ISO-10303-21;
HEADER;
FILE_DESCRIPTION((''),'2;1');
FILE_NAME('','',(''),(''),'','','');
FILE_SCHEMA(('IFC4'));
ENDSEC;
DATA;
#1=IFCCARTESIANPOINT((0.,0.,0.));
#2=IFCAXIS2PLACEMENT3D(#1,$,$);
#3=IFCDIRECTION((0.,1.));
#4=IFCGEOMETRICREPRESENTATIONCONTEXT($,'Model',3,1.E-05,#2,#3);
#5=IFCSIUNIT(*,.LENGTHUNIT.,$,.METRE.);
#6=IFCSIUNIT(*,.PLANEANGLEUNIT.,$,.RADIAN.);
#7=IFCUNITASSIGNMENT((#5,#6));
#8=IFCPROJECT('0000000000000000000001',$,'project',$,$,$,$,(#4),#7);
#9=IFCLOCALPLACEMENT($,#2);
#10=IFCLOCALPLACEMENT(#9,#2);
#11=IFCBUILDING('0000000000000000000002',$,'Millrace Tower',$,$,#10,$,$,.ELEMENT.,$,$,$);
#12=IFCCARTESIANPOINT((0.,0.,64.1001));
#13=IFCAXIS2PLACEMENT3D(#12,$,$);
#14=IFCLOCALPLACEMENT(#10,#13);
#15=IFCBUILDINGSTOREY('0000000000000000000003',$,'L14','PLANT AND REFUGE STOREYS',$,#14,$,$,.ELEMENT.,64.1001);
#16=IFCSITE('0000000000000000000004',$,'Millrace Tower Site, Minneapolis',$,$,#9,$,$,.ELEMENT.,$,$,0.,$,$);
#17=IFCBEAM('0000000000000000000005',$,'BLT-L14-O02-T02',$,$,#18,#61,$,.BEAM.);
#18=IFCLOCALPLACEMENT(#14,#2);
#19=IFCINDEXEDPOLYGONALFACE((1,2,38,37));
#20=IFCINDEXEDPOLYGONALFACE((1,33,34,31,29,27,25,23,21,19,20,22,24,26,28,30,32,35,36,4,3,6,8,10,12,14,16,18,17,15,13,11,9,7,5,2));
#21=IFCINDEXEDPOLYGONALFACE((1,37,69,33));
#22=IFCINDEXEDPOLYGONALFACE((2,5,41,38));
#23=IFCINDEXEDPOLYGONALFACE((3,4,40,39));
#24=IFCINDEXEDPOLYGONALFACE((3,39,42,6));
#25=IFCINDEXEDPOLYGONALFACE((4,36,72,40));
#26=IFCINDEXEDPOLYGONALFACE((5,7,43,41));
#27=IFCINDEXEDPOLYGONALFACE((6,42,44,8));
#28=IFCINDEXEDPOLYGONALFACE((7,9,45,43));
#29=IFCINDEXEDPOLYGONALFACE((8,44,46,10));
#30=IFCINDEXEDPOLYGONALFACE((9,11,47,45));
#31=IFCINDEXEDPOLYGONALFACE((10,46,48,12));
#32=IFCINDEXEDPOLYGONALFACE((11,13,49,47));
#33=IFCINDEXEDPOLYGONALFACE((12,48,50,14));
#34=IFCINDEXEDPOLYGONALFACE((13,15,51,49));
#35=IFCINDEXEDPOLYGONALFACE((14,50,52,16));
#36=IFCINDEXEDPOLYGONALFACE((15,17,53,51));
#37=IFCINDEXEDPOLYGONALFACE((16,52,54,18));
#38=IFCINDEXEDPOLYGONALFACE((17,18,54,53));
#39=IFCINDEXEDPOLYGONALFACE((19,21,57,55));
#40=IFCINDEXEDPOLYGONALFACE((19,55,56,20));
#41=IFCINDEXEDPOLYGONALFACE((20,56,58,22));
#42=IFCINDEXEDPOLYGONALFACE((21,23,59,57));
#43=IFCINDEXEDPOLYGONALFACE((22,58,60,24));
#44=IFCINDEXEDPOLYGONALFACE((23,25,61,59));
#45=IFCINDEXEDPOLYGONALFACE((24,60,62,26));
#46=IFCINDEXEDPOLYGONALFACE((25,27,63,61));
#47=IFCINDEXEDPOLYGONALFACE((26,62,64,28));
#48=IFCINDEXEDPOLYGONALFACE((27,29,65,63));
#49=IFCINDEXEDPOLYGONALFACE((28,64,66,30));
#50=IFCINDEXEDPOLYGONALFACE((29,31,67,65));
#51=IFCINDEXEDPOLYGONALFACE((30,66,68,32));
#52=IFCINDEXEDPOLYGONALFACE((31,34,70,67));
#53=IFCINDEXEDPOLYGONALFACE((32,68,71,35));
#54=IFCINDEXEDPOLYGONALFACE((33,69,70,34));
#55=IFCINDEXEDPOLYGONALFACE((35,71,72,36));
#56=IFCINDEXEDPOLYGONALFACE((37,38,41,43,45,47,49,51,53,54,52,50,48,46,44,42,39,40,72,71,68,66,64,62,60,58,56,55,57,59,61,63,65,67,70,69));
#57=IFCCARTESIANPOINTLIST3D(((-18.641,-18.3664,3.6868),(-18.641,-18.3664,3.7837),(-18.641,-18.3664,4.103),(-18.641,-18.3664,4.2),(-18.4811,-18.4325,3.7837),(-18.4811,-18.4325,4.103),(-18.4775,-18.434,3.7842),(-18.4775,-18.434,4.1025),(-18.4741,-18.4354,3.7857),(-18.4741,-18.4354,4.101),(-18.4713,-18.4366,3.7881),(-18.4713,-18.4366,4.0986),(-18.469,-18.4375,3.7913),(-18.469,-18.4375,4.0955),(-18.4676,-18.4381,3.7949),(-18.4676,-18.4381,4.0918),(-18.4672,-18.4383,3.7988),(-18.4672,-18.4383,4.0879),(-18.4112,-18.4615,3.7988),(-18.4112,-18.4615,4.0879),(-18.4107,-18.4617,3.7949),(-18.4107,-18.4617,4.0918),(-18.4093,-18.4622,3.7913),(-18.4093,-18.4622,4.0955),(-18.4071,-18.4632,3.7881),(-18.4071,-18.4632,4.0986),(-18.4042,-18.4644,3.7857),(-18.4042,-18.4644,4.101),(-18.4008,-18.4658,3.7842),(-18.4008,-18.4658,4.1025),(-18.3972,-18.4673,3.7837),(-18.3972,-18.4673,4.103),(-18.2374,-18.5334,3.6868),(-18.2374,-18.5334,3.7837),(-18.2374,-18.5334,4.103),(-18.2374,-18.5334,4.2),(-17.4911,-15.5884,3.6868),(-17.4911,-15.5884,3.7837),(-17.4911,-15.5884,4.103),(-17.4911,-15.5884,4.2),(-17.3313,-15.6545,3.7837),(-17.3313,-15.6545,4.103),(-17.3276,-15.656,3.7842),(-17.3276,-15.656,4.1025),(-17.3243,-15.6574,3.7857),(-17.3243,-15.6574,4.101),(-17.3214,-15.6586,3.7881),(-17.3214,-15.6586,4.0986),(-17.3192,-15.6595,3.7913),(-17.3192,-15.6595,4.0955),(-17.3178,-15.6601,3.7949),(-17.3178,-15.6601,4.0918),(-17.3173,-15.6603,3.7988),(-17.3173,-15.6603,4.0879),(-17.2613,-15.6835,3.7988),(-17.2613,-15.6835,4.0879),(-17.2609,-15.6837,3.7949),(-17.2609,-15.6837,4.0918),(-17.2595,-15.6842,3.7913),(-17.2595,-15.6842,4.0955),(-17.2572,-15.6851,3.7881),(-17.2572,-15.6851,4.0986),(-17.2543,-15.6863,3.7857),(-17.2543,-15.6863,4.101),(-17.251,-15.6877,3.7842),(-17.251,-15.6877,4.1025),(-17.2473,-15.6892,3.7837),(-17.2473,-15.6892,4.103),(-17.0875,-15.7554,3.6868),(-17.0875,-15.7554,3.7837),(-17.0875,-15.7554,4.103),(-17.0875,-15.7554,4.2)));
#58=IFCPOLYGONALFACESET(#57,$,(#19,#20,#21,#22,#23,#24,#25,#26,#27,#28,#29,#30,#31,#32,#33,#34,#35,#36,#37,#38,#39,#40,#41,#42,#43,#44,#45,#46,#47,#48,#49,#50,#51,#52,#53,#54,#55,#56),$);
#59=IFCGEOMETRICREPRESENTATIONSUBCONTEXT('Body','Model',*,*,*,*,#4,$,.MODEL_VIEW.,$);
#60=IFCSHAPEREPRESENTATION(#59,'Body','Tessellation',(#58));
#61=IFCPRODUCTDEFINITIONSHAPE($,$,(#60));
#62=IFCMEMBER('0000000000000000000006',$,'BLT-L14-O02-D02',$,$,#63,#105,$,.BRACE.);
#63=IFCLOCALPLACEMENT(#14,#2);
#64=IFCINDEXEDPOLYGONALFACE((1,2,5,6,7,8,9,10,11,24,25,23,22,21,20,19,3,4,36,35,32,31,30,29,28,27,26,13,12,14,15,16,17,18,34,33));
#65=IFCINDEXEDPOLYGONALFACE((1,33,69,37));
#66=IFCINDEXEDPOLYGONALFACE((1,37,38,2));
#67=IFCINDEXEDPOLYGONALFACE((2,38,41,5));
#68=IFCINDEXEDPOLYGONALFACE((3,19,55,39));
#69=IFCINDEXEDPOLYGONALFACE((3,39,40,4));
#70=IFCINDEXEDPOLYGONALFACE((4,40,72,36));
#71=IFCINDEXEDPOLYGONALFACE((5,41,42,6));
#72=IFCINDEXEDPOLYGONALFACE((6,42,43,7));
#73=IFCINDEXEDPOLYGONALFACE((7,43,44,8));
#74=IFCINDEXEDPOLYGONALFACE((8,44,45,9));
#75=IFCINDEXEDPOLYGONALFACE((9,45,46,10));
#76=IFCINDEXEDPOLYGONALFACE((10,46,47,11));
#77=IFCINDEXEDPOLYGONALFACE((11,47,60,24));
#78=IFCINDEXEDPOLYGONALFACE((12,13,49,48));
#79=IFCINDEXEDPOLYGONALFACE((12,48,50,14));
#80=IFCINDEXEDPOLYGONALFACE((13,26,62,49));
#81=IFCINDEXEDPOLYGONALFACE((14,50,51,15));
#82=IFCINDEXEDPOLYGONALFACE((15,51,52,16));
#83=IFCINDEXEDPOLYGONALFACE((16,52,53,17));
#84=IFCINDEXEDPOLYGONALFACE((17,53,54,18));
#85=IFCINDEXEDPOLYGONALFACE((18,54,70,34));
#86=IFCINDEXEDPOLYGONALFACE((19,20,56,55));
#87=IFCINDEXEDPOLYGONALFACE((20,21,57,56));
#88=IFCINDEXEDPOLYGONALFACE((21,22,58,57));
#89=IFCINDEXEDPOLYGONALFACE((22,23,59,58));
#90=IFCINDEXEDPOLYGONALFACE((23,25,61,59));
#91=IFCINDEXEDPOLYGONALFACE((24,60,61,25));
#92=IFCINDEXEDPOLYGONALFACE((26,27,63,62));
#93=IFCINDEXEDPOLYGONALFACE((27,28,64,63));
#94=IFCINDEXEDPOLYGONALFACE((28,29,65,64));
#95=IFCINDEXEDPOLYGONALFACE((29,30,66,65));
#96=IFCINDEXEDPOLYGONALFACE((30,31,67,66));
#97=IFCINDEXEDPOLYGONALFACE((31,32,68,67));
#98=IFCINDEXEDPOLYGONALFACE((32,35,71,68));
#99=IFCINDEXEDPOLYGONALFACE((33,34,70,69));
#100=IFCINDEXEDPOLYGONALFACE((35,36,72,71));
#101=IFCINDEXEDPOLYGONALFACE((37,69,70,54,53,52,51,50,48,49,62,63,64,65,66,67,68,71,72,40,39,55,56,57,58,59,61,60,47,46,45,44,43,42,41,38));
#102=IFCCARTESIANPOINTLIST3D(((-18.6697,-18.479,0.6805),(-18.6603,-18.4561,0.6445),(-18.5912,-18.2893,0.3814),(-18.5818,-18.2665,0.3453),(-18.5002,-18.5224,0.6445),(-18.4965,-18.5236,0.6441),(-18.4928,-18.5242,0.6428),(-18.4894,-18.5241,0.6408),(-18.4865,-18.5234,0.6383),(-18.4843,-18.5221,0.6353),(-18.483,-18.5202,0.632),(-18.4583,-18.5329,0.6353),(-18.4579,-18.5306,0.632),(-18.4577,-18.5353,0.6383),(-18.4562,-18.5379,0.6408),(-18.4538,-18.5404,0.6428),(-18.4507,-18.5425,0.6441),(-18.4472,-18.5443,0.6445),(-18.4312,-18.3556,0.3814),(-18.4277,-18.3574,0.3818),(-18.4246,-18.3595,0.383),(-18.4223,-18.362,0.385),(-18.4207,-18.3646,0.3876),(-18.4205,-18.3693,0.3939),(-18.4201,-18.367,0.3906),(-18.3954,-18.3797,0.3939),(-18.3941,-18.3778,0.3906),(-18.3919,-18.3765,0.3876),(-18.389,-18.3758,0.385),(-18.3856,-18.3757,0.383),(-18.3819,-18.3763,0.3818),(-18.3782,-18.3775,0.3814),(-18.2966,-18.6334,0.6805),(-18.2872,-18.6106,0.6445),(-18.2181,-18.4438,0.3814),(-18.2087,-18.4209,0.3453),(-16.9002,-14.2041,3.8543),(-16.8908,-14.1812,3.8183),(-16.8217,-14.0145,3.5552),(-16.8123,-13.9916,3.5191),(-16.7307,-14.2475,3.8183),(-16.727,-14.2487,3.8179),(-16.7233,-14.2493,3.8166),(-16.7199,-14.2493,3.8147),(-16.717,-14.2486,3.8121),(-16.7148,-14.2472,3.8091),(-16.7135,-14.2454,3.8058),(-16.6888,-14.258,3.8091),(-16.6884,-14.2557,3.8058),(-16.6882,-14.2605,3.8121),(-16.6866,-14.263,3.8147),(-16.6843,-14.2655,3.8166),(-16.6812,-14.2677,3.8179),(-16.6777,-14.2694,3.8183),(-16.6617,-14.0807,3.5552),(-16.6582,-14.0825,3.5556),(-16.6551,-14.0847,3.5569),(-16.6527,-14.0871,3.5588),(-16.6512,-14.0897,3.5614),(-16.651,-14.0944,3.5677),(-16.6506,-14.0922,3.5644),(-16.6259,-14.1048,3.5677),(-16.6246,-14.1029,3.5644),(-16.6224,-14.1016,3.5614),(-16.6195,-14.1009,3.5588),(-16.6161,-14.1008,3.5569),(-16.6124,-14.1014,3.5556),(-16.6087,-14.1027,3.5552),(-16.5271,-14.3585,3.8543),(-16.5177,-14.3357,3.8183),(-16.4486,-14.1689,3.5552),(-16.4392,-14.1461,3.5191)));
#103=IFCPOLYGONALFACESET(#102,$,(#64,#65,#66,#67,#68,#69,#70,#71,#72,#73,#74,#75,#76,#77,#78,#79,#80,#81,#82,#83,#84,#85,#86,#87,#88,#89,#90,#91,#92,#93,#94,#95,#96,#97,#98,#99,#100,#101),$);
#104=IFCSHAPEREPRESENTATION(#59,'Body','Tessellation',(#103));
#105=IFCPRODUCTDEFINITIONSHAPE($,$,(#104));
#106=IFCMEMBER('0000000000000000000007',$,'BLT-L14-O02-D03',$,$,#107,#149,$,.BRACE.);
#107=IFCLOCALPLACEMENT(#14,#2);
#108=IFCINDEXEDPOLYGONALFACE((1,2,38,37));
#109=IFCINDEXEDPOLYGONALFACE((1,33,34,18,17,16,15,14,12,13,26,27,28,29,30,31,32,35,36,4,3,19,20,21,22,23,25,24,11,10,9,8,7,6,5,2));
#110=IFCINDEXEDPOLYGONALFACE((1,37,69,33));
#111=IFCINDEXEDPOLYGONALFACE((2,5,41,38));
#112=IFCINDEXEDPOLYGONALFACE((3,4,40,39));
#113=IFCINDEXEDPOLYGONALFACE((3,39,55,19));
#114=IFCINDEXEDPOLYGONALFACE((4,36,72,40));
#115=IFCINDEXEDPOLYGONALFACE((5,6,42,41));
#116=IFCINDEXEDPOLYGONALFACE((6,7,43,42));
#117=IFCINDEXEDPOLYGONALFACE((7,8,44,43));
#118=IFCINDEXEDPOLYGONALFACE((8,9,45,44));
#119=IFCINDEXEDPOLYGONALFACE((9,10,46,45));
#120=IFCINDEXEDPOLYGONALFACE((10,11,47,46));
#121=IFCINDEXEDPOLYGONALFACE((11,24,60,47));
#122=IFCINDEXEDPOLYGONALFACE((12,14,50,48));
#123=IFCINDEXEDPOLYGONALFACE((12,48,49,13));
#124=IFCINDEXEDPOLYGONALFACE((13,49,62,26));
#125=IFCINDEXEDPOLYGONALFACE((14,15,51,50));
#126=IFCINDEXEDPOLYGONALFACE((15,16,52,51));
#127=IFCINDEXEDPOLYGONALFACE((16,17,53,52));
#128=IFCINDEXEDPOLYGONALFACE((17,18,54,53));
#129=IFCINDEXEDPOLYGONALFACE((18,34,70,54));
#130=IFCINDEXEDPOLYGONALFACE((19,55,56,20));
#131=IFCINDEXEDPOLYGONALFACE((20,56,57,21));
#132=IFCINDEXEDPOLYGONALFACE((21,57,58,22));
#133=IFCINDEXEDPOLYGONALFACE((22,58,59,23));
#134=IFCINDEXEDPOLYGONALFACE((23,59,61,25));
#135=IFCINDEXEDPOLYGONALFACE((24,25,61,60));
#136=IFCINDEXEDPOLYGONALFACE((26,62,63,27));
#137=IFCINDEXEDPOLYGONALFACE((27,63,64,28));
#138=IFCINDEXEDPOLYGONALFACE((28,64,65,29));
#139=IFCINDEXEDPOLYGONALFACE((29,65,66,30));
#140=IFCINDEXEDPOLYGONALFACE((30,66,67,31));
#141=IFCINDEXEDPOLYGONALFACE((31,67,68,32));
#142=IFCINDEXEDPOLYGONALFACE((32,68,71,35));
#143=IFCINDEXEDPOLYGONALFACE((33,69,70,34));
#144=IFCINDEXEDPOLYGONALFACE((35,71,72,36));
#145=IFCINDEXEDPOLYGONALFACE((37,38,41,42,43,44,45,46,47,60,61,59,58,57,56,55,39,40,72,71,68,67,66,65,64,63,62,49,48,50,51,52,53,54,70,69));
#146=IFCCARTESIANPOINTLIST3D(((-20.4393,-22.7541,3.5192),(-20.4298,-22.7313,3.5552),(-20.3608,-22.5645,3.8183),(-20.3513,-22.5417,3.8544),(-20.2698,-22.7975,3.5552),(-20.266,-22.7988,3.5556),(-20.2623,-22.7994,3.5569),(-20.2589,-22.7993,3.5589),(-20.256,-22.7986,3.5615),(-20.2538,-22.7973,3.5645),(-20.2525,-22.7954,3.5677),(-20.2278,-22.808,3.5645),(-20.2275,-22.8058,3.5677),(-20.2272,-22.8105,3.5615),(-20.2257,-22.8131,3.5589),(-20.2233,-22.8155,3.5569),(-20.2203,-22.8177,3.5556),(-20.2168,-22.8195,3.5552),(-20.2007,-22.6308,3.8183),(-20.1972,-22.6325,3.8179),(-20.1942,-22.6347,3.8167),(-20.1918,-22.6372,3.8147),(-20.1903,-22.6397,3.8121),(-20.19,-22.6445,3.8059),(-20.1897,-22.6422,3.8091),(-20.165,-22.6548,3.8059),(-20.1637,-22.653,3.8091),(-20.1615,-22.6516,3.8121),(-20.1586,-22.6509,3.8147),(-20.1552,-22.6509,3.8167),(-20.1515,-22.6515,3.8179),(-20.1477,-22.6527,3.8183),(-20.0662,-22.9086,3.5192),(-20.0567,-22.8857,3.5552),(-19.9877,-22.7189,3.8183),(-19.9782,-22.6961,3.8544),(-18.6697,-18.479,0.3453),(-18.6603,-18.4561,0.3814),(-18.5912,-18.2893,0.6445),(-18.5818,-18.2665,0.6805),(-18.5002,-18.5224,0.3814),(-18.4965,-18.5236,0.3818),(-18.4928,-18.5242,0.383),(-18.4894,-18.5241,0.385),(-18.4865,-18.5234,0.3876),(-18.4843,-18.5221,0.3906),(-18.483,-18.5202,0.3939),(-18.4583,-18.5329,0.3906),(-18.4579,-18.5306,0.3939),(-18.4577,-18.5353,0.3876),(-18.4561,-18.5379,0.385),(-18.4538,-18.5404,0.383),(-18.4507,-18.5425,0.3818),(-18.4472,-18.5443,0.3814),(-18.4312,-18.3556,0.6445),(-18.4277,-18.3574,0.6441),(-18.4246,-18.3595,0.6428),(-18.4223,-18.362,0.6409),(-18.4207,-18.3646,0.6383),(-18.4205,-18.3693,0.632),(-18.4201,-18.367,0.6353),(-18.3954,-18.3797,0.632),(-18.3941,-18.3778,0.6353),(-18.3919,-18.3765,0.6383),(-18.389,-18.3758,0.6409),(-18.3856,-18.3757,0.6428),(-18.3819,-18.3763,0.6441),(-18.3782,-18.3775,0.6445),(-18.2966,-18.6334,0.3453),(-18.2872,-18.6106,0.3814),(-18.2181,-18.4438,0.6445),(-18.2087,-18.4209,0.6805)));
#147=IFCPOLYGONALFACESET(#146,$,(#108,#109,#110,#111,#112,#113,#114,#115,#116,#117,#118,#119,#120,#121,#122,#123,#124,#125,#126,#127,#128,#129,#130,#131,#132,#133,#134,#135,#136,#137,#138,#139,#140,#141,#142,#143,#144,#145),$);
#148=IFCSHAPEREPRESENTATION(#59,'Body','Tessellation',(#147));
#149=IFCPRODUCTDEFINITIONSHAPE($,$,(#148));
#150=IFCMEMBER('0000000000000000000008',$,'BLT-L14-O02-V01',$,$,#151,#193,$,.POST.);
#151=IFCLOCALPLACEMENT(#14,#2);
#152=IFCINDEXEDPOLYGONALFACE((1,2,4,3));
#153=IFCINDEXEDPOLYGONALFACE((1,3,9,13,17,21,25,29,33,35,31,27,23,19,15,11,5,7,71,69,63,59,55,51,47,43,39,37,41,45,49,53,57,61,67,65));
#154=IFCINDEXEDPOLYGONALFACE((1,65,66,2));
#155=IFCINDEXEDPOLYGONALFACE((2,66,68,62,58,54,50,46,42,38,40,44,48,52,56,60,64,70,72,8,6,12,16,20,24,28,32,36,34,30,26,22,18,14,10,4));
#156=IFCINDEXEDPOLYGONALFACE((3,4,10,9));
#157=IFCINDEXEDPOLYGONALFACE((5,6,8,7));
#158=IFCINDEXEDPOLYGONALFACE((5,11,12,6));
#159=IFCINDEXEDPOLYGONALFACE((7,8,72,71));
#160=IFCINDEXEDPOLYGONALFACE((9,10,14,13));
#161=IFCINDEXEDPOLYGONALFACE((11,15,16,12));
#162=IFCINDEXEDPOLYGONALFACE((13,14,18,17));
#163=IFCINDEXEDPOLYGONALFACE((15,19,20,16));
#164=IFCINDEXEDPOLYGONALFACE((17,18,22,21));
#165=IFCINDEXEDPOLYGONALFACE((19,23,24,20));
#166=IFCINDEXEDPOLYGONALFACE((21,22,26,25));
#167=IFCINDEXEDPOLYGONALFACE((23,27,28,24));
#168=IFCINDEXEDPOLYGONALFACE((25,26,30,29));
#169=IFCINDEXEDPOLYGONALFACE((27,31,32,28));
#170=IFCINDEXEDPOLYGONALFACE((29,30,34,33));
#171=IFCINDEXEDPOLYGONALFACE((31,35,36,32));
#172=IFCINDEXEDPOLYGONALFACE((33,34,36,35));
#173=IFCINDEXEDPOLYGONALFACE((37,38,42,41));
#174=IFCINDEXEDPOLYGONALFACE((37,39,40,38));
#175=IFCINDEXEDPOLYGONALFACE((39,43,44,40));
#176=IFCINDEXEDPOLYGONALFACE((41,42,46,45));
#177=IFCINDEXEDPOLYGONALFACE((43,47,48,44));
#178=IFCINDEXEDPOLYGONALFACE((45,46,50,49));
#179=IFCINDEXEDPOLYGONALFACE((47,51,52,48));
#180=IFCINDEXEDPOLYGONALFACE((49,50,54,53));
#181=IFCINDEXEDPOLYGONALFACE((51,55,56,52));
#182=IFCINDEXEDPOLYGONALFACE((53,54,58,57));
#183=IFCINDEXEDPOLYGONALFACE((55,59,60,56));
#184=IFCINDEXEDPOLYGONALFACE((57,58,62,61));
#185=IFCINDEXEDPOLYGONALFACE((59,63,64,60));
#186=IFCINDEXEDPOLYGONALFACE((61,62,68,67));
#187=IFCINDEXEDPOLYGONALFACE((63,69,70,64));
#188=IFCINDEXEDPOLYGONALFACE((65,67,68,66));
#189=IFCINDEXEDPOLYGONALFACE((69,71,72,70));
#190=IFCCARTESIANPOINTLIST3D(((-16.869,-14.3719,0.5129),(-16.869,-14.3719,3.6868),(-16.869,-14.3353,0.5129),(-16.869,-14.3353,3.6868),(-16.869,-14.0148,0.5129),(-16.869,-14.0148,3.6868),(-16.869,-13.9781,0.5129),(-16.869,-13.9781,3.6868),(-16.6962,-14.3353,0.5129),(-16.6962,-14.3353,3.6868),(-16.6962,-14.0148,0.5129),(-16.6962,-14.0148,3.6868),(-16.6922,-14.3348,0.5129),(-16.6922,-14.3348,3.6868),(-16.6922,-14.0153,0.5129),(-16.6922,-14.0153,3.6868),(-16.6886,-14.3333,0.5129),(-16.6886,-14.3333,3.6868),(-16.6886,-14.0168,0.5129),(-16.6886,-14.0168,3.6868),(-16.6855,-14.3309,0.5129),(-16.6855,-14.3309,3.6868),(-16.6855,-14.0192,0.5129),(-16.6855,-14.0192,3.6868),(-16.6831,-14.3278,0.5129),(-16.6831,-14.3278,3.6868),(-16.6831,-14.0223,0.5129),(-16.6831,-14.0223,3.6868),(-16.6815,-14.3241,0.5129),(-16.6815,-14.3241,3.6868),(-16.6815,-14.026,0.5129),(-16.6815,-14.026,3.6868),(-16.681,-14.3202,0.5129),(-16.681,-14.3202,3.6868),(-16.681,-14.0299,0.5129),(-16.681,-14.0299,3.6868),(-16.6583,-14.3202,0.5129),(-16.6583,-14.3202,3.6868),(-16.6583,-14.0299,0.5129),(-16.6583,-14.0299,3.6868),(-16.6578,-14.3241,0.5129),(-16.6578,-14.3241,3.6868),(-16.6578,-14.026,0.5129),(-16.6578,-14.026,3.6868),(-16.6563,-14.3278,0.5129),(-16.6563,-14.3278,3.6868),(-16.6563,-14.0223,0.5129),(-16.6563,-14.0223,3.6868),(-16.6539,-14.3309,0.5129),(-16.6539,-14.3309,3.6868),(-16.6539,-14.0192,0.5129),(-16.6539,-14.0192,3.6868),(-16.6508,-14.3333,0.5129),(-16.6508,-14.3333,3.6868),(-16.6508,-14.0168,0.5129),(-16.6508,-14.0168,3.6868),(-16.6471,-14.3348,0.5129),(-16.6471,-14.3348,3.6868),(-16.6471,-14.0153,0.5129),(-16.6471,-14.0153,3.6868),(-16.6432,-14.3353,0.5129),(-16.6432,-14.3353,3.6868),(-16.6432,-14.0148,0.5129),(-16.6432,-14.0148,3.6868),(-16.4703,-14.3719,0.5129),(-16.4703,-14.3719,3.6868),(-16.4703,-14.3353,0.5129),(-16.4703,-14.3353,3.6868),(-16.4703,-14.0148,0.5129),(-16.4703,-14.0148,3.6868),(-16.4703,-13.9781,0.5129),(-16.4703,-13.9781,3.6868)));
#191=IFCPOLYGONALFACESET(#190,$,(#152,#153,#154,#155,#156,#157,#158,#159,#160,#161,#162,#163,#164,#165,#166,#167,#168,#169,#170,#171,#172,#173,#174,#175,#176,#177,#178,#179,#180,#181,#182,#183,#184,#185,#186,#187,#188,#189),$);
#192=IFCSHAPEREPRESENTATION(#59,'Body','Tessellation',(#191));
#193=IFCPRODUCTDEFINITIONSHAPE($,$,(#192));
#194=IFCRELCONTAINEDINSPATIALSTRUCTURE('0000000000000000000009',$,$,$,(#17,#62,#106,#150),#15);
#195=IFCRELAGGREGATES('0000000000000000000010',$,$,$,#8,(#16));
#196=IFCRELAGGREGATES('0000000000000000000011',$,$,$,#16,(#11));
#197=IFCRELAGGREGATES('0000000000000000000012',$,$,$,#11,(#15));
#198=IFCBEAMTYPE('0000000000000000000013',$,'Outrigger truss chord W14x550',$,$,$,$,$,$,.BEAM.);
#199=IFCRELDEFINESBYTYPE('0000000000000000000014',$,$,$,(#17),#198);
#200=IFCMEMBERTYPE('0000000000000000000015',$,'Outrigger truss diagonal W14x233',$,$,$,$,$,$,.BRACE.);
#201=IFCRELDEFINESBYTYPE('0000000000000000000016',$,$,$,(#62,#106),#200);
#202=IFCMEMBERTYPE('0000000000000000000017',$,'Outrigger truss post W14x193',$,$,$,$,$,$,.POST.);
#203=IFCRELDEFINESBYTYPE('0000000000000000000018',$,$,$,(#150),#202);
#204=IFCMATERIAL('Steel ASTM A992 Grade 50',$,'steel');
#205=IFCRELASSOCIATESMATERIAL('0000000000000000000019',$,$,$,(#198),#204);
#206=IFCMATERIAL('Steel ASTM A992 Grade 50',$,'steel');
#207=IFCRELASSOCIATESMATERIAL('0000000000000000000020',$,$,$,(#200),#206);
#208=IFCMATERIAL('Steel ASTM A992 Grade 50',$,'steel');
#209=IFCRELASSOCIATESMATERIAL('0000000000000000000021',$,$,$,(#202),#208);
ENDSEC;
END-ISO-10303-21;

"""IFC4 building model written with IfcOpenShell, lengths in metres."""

from ifc_helpers import new_model, si_unit, direction, frame, origin, origin_2d, place, context, subcontext, project, spatial, i_section, extrude, material, material_profile, profile_set, type_object, element, save


model = new_model("IFC4")

# Units and contexts
model_context = context("Model", 3, precision=1e-05, world=origin(), true_north=direction((0.0, 1.0)))
body_context = subcontext(model_context, "Body", "Model", "MODEL_VIEW")
ifc_project = project(units=[si_unit("LENGTHUNIT", "METRE"), si_unit("PLANEANGLEUNIT", "RADIAN")], contexts=[model_context])

# Site, building, storey
site_placement = place(None, origin())
site = spatial("IfcSite", under=ifc_project, at=site_placement, Name="Millrace Tower Site, Minneapolis", CompositionType="ELEMENT", RefElevation=0.0)
building_placement = place(site_placement, origin())
building = spatial("IfcBuilding", under=site, at=building_placement, Name="Millrace Tower", CompositionType="ELEMENT")
storey_placement = place(building_placement, frame((0.0, 0.0, 64.1001)))
storey = spatial("IfcBuildingStorey", under=building, at=storey_placement, Name="L14", Description="PLANT AND REFUGE STOREYS", CompositionType="ELEMENT", Elevation=64.1001)

# Beam
ifc_material_1 = material(Name="Steel ASTM A992 Grade 50", Category="steel")
ifc_material_profile_1 = material_profile(ifc_material_1, i_section(OverallWidth=0.4368, OverallDepth=0.5132, WebThickness=0.0605, FlangeThickness=0.0969, FilletRadius=0.0151, at=origin_2d()))
ifc_profile_set_1 = profile_set([ifc_material_profile_1], Name="Steel ASTM A992 Grade 50")
beam_type_1 = type_object("IfcBeamType", Name="Outrigger truss chord W14x550", PredefinedType="BEAM", material=ifc_profile_set_1)
beam_1_placement = place(storey_placement, frame((-17.2893, -15.6719, 3.9434), z_axis=(-0.382452, -0.923975, 0.0), x_axis=(0.923975, -0.382452, 0.0)))
element("IfcBeam", 1, at=beam_1_placement, inside=storey, type_object=beam_type_1, Name="BLT-L14-O02-T02", PredefinedType="BEAM", context=body_context, shape_type="SweptSolid", body=[
    extrude(i_section(OverallWidth=0.4368, OverallDepth=0.5132, WebThickness=0.0605, FlangeThickness=0.0969, FilletRadius=0.0151, at=origin_2d()), origin(), (0.0, 0.0, 1.0), 3.0066),
])

# Members
ifc_material_2 = material(Name="Steel ASTM A992 Grade 50", Category="steel")
ifc_material_profile_2 = material_profile(ifc_material_2, i_section(OverallWidth=0.4038, OverallDepth=0.4065, WebThickness=0.0271, FlangeThickness=0.0437, FilletRadius=0.0151, at=origin_2d()))
ifc_profile_set_2 = profile_set([ifc_material_profile_2], Name="Steel ASTM A992 Grade 50")
member_type_1 = type_object("IfcMemberType", Name="Outrigger truss diagonal W14x233", PredefinedType="BRACE", material=ifc_profile_set_2)
member_1_placement = place(storey_placement, frame((-18.4392, -18.45, 0.5129), z_axis=(0.315389, 0.761929, 0.565681), x_axis=(-0.923971, 0.382464, 0.0)))
element("IfcMember", 2, at=member_1_placement, inside=storey, type_object=member_type_1, Name="BLT-L14-O02-D02", PredefinedType="BRACE", context=body_context, shape_type="SweptSolid", body=[
    extrude(i_section(OverallWidth=0.4038, OverallDepth=0.4065, WebThickness=0.0271, FlangeThickness=0.0437, FilletRadius=0.0151, at=origin_2d()), origin(), (0.0, 0.0, 1.0), 5.6106),
])
member_2_placement = place(storey_placement, frame((-18.4392, -18.45, 0.5129), z_axis=(-0.315378, -0.761947, 0.565662), x_axis=(0.923978, -0.382445, 0.0)))
element("IfcMember", 3, at=member_2_placement, inside=storey, type_object=member_type_1, Name="BLT-L14-O02-D03", PredefinedType="BRACE", context=body_context, shape_type="SweptSolid", body=[
    extrude(i_section(OverallWidth=0.4038, OverallDepth=0.4065, WebThickness=0.0271, FlangeThickness=0.0437, FilletRadius=0.0151, at=origin_2d()), origin(), (0.0, 0.0, 1.0), 5.6108),
])
ifc_material_3 = material(Name="Steel ASTM A992 Grade 50", Category="steel")
ifc_material_profile_3 = material_profile(ifc_material_3, i_section(OverallWidth=0.3987, OverallDepth=0.3938, WebThickness=0.0227, FlangeThickness=0.0366, FilletRadius=0.0151, at=origin_2d()))
ifc_profile_set_3 = profile_set([ifc_material_profile_3], Name="Steel ASTM A992 Grade 50")
member_type_2 = type_object("IfcMemberType", Name="Outrigger truss post W14x193", PredefinedType="POST", material=ifc_profile_set_3)
for number, where, z_axis, x_axis, name in (
    (4, (-16.6697, -14.175, 0.5129), (0.0, 0.0, 1.0), (1.0, 0.0, 0.0), "BLT-L14-O02-V01"),
):
    element("IfcMember", number, at=place(storey_placement, frame(where, z_axis=z_axis, x_axis=x_axis)), inside=storey, type_object=member_type_2, Name=name, PredefinedType="POST", context=body_context, shape_type="SweptSolid", body=[
        extrude(i_section(OverallWidth=0.3987, OverallDepth=0.3938, WebThickness=0.0227, FlangeThickness=0.0366, FilletRadius=0.0151, at=origin_2d()), origin(), (0.0, 0.0, 1.0), 3.1738),
    ])

save(model, "model.ifc")
